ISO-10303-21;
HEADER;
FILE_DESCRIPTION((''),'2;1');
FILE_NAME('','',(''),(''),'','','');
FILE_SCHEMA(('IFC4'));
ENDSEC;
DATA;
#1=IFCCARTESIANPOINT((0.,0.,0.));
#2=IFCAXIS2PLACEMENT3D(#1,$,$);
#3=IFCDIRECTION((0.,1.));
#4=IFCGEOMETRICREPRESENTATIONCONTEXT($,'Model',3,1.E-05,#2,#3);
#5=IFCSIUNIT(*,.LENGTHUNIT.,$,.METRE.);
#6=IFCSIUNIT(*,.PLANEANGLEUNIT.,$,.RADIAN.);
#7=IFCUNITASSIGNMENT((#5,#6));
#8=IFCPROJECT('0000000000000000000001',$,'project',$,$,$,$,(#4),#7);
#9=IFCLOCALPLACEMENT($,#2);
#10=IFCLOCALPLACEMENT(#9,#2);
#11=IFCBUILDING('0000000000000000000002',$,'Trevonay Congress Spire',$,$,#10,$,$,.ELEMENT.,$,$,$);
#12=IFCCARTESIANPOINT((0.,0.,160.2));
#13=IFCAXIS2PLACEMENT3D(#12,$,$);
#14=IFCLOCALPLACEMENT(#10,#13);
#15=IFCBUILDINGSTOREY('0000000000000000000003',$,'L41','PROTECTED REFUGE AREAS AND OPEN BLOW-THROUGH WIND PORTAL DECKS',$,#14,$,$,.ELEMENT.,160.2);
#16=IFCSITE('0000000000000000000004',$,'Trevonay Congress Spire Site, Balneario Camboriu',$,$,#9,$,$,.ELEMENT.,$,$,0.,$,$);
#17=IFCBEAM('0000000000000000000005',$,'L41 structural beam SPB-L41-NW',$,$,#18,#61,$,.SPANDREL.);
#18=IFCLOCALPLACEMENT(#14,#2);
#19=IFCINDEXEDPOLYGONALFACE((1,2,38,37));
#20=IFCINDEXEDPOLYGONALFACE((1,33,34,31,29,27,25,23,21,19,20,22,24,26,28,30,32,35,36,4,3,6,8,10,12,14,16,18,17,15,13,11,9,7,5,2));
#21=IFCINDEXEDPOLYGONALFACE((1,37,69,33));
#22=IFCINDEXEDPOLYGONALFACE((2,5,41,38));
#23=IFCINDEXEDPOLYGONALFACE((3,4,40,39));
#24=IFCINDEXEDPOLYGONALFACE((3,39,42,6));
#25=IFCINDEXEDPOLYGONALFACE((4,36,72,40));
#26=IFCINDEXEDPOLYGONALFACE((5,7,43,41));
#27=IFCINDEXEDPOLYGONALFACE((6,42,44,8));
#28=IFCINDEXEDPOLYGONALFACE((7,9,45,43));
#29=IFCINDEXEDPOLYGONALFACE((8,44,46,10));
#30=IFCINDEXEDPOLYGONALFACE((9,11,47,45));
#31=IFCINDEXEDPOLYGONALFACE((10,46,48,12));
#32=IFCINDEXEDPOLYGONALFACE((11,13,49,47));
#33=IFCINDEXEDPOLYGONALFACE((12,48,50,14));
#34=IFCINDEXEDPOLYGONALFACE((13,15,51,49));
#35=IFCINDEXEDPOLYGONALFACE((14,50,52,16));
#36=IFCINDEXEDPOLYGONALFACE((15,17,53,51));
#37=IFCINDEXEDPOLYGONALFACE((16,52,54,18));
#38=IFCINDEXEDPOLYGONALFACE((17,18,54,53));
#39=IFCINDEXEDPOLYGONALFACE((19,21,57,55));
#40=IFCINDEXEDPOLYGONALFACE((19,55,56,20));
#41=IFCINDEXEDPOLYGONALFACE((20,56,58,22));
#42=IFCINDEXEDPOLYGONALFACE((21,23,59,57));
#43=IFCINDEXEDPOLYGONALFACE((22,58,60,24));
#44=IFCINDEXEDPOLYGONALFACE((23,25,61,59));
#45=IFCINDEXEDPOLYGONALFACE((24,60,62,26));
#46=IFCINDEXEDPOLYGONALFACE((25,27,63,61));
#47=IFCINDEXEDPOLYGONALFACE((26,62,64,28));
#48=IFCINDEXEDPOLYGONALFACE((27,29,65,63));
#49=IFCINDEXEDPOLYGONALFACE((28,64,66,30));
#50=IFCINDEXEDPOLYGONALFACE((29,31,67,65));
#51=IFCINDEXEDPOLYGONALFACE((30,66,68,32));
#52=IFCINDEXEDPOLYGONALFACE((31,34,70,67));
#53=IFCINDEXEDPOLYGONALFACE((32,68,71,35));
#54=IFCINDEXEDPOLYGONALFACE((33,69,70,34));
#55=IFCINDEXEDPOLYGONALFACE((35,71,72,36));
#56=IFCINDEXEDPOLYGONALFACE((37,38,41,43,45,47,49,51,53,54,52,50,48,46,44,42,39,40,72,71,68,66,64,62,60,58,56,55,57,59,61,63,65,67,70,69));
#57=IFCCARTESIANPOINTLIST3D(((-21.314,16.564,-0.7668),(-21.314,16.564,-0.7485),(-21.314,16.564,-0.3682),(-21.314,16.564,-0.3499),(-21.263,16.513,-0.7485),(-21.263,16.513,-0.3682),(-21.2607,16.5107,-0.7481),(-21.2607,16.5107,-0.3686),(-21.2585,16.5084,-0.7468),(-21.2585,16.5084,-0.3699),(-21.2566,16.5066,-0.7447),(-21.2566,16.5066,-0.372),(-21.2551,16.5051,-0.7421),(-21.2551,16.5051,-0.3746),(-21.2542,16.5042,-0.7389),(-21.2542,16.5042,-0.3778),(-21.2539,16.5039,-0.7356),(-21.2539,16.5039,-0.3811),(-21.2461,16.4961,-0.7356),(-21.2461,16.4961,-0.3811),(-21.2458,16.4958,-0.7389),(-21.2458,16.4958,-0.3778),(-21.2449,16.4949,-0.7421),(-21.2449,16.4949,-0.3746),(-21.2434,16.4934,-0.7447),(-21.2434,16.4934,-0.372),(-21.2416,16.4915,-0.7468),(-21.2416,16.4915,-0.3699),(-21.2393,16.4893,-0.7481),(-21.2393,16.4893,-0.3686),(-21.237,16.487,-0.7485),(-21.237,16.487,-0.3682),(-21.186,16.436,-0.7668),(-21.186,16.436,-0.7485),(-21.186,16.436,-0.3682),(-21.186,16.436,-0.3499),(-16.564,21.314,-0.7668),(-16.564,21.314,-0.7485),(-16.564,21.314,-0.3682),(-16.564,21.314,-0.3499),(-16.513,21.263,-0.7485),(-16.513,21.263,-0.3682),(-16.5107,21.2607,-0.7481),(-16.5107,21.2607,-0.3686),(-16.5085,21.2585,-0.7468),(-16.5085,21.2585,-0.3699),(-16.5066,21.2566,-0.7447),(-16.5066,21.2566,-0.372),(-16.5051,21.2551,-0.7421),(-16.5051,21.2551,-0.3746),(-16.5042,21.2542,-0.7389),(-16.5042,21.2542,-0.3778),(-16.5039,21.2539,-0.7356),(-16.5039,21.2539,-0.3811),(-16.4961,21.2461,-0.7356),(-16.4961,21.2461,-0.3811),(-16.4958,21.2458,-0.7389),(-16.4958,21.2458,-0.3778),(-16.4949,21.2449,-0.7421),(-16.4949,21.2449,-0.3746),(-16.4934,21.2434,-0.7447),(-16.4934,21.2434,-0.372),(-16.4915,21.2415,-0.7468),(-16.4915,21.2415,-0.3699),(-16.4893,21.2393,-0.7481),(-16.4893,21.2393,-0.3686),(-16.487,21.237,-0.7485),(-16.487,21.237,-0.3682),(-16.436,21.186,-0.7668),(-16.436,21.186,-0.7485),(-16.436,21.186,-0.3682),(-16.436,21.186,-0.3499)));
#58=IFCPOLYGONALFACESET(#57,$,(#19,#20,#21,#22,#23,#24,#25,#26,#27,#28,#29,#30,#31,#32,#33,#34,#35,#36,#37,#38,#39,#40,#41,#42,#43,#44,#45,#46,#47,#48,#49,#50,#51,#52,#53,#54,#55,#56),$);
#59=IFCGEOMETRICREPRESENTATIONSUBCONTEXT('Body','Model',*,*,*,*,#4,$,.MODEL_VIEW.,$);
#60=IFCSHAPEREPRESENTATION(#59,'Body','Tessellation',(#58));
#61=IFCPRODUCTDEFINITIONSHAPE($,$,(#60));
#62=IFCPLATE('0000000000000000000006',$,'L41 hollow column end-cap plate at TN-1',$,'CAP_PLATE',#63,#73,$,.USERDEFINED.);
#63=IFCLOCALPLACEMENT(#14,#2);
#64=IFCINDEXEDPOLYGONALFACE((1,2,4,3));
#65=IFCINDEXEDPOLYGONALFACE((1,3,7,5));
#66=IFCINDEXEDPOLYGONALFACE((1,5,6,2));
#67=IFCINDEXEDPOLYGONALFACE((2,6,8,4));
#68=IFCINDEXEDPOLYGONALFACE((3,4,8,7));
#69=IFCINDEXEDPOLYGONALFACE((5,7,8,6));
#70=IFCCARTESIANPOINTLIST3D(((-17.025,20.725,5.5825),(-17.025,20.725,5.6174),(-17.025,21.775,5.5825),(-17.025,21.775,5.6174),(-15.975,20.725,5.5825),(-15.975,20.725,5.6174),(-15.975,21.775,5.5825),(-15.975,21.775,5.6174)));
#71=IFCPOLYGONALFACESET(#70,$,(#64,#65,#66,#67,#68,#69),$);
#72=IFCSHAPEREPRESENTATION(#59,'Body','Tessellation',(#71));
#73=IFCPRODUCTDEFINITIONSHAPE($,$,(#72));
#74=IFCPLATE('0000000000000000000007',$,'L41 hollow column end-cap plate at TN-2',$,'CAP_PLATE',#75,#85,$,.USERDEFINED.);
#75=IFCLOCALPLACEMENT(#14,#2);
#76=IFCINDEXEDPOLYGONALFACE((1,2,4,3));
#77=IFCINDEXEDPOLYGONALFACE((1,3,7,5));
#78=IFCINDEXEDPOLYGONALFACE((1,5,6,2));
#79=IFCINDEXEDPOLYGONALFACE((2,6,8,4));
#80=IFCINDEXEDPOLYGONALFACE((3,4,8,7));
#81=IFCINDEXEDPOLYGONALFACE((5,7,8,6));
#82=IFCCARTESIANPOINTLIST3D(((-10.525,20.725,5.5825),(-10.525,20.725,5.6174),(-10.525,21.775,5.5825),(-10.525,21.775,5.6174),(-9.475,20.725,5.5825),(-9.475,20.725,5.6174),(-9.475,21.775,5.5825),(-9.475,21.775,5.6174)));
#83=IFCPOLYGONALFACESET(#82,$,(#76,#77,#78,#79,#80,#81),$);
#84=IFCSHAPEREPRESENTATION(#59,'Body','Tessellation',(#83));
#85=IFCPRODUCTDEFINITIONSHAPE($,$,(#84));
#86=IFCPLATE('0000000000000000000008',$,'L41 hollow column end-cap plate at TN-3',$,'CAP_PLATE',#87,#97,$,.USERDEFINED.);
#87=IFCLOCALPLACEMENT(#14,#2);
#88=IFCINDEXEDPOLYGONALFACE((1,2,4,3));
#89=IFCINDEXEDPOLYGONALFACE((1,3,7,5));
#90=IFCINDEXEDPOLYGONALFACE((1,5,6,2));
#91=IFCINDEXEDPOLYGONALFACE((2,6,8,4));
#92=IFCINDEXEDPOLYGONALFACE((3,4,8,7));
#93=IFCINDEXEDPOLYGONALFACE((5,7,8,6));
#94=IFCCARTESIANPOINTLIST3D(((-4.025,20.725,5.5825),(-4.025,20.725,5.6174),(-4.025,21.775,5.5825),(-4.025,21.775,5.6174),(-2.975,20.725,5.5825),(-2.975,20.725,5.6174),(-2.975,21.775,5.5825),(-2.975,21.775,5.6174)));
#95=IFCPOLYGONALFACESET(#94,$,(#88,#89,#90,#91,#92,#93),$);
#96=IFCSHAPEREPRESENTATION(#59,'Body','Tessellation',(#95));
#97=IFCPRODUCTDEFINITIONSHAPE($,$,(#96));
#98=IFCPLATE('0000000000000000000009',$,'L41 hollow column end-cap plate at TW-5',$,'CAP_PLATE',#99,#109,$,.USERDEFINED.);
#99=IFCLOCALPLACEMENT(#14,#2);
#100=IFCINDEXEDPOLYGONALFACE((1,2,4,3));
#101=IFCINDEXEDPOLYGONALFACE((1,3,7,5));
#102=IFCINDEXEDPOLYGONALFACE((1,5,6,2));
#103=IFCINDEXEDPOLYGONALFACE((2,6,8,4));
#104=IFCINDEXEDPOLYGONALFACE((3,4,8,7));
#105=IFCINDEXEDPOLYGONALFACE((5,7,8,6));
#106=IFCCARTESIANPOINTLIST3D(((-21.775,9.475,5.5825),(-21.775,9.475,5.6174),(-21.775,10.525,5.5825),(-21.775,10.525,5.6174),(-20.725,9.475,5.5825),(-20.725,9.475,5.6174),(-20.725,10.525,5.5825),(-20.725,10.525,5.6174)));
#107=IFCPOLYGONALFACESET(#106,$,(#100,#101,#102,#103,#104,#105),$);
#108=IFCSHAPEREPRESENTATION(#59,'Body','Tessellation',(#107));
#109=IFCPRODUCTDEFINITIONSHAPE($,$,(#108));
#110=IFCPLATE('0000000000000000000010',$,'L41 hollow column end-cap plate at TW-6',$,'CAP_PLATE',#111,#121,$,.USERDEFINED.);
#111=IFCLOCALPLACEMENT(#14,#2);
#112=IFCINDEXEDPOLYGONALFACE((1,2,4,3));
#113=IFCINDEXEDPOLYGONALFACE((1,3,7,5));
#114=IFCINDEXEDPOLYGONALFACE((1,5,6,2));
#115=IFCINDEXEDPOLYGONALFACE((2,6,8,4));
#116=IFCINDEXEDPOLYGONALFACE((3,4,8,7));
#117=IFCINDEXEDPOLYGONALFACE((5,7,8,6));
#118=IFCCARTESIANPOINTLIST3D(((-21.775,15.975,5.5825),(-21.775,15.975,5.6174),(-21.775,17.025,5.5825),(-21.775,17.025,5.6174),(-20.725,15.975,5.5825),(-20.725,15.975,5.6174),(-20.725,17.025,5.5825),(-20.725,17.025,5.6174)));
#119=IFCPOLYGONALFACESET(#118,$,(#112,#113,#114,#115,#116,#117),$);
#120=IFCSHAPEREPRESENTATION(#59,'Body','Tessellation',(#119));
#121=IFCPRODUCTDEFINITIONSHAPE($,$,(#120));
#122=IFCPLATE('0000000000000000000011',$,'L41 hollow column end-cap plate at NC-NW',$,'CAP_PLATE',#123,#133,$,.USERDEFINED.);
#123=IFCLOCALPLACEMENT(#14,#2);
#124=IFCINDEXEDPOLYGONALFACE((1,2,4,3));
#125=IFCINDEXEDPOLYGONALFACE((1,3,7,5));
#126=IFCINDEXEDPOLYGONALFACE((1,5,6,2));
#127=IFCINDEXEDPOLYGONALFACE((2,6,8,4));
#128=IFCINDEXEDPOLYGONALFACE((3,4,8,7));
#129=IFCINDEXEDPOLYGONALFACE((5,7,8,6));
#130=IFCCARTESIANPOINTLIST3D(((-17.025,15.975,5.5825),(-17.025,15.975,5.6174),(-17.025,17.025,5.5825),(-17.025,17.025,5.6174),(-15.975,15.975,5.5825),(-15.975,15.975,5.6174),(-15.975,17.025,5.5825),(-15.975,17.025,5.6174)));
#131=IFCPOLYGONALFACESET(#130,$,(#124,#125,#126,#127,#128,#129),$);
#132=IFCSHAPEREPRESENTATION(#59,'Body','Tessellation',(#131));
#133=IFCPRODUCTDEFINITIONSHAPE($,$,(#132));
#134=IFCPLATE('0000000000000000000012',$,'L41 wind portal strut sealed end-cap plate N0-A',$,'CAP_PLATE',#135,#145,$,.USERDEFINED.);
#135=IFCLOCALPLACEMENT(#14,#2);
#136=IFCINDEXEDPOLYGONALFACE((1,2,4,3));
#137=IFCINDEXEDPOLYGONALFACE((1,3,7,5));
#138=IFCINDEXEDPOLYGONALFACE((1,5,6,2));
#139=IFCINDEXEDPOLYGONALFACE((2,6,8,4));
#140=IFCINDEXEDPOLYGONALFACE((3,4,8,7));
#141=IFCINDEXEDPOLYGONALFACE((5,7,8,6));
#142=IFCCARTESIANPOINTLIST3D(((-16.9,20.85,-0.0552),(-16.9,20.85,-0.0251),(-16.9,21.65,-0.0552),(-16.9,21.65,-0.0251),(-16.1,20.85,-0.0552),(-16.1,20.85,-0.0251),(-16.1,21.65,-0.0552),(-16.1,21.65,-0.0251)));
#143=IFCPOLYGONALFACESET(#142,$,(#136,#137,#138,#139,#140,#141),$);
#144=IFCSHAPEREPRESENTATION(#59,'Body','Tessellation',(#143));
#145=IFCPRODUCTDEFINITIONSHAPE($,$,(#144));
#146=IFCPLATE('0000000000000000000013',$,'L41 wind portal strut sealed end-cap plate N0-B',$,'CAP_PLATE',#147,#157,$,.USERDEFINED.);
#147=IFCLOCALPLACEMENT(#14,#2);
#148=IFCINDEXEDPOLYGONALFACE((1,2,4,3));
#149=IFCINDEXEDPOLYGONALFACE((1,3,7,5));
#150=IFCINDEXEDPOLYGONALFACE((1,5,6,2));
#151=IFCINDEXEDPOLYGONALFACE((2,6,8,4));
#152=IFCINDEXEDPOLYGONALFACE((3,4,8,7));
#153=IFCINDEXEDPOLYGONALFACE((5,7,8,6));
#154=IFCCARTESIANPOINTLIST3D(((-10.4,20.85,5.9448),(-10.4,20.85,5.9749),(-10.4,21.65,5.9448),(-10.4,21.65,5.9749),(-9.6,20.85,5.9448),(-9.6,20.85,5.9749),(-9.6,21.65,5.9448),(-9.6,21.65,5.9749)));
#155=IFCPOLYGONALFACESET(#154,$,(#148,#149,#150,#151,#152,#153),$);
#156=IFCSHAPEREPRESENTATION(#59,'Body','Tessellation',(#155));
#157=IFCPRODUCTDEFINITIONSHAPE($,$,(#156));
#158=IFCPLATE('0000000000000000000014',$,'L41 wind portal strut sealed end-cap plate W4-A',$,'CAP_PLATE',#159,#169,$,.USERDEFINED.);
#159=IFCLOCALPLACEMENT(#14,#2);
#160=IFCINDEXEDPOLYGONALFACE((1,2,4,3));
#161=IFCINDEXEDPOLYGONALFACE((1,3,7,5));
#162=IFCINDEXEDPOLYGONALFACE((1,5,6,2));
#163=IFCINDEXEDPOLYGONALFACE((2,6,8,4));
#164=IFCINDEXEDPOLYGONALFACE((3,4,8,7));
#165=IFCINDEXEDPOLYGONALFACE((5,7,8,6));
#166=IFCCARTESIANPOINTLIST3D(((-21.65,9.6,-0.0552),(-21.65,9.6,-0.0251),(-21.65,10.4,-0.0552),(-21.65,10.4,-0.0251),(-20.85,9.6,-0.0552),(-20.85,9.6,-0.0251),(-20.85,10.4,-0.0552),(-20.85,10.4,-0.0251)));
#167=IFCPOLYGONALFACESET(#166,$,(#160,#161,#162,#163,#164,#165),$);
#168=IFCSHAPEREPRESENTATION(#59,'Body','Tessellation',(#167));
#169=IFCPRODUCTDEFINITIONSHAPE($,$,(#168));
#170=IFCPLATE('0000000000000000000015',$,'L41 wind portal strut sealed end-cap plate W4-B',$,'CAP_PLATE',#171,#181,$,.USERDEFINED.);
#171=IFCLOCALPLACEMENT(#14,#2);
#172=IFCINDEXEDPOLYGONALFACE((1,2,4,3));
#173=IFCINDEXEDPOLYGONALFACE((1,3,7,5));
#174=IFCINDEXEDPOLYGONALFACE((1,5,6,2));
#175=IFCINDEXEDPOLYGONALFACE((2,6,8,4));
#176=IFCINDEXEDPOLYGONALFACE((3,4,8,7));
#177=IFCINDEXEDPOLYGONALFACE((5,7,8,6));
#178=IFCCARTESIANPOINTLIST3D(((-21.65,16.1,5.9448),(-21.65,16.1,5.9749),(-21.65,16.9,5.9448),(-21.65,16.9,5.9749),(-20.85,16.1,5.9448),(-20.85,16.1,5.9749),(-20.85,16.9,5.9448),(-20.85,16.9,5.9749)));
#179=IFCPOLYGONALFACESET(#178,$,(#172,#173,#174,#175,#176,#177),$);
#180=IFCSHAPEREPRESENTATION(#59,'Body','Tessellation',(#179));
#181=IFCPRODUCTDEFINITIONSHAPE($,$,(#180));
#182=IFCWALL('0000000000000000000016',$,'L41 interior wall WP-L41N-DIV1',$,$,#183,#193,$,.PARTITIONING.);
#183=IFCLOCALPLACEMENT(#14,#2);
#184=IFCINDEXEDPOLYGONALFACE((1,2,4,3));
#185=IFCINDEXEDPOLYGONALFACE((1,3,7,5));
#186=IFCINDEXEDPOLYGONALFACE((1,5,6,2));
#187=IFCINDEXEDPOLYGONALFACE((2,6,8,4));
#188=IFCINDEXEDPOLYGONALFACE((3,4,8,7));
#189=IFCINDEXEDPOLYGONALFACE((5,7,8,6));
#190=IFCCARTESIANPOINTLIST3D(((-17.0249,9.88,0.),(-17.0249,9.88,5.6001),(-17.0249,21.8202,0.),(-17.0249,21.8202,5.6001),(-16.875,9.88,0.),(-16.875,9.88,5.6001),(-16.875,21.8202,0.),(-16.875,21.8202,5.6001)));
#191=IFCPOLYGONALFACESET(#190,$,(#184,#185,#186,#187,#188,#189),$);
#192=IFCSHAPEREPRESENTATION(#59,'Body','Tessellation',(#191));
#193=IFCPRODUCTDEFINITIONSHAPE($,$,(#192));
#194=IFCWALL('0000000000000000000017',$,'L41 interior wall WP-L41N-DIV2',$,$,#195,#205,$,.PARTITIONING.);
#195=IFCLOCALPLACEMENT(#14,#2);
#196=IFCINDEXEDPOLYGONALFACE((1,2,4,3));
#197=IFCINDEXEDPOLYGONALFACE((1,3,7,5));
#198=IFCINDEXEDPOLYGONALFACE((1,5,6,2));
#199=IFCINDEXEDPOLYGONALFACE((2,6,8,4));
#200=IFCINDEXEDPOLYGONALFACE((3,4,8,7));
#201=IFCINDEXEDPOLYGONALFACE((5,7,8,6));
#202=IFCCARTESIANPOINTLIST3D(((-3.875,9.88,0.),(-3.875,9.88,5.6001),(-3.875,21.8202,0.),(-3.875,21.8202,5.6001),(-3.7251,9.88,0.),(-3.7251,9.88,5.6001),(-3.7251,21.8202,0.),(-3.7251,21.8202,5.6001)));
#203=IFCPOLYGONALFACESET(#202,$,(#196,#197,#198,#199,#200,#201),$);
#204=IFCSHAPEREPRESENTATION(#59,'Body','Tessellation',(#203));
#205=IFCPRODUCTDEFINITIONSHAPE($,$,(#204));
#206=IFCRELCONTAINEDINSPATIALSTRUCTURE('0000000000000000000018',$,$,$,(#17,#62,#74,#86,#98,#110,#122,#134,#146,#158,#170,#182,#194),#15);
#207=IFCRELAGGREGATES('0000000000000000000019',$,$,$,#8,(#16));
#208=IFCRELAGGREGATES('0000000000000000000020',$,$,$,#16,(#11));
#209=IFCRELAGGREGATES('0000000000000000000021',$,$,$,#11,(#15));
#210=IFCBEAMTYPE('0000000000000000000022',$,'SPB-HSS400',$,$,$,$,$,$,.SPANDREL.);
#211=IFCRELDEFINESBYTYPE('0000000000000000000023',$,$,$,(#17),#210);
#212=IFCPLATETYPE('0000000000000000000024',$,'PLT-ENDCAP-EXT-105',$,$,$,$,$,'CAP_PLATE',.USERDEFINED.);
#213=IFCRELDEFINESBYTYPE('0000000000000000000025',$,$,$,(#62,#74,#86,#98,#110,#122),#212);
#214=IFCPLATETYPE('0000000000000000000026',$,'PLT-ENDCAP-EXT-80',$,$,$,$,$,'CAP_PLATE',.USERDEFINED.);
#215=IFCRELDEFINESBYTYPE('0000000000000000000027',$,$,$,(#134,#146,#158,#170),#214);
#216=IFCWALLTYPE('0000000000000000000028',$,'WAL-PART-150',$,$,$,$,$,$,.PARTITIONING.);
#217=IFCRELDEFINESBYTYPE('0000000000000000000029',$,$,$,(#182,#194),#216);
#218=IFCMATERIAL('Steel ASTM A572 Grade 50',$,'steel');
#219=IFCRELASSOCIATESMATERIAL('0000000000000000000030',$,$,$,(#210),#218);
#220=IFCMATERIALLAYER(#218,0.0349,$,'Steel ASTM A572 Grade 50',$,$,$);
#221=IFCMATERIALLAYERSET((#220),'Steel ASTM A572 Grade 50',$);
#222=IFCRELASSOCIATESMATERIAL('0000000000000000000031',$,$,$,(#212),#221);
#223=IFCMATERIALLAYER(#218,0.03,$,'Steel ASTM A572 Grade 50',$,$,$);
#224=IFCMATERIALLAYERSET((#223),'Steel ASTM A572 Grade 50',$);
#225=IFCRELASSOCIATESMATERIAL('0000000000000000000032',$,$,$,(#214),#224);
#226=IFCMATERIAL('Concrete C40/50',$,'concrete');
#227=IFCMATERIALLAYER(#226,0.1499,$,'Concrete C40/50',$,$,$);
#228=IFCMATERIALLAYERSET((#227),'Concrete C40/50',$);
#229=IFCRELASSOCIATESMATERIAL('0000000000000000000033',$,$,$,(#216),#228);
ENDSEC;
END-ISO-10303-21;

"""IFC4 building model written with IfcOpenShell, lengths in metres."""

from ifc_helpers import new_model, si_unit, direction, frame, frame_2d, origin, origin_2d, place, context, subcontext, project, spatial, rectangle, i_section, extrude, material, layer, layer_set, material_profile, profile_set, type_object, element, save


model = new_model("IFC4")

# Units and contexts
model_context = context("Model", 3, precision=1e-05, world=origin(), true_north=direction((0.0, 1.0)))
body_context = subcontext(model_context, "Body", "Model", "MODEL_VIEW")
ifc_project = project(units=[si_unit("LENGTHUNIT", "METRE"), si_unit("PLANEANGLEUNIT", "RADIAN")], contexts=[model_context])

# Site, building, storey
site_placement = place(None, origin())
site = spatial("IfcSite", under=ifc_project, at=site_placement, Name="Trevonay Congress Spire Site, Balneario Camboriu", CompositionType="ELEMENT", RefElevation=0.0)
building_placement = place(site_placement, origin())
building = spatial("IfcBuilding", under=site, at=building_placement, Name="Trevonay Congress Spire", CompositionType="ELEMENT")
storey_placement = place(building_placement, frame((0.0, 0.0, 160.2)))
storey = spatial("IfcBuildingStorey", under=building, at=storey_placement, Name="L41", Description="PROTECTED REFUGE AREAS AND OPEN BLOW-THROUGH WIND PORTAL DECKS", CompositionType="ELEMENT", Elevation=160.2)

# Shared definitions
ifc_material_1 = material(Name="Steel ASTM A572 Grade 50", Category="steel")

# Beam
ifc_material_profile_1 = material_profile(ifc_material_1, i_section(OverallWidth=0.1809, OverallDepth=0.417, WebThickness=0.011, FlangeThickness=0.0183, FilletRadius=0.0129, at=origin_2d()), Name="W410x85")
ifc_profile_set_1 = profile_set([ifc_material_profile_1], Name="Steel ASTM A572 Grade 50")
beam_type_1 = type_object("IfcBeamType", Name="SPB-HSS400", PredefinedType="SPANDREL", material=ifc_profile_set_1)
beam_1_placement = place(storey_placement, frame((-16.5, 21.25, -0.5583), z_axis=(-0.707107, -0.707107, 0.0), x_axis=(0.707107, -0.707107, 0.0)))
element("IfcBeam", 1, at=beam_1_placement, inside=storey, type_object=beam_type_1, Name="L41 structural beam SPB-L41-NW", PredefinedType="SPANDREL", context=body_context, shape_type="SweptSolid", body=[
    extrude(i_section(OverallWidth=0.1809, OverallDepth=0.417, WebThickness=0.011, FlangeThickness=0.0183, FilletRadius=0.0129, at=origin_2d()), origin(), (0.0, 0.0, 1.0), 6.7175),
])

# Plates
ifc_layer_1 = layer(ifc_material_1, 0.0349, Name="Steel ASTM A572 Grade 50")
ifc_layer_set_1 = layer_set([ifc_layer_1], Name="Steel ASTM A572 Grade 50")
plate_type_1 = type_object("IfcPlateType", Name="PLT-ENDCAP-EXT-105", ElementType="CAP_PLATE", PredefinedType="USERDEFINED", material=ifc_layer_set_1)
for number, where, z_axis, x_axis, name in (
    (2, (-16.5, 21.25, 5.5825), (0.0, 0.0, 1.0), (1.0, 0.0, 0.0), "L41 hollow column end-cap plate at TN-1"),
    (3, (-10.0, 21.25, 5.5825), (0.0, 0.0, 1.0), (1.0, 0.0, 0.0), "L41 hollow column end-cap plate at TN-2"),
    (4, (-3.5, 21.25, 5.5825), (0.0, 0.0, 1.0), (1.0, 0.0, 0.0), "L41 hollow column end-cap plate at TN-3"),
    (5, (-21.25, 10.0, 5.5825), (0.0, 0.0, 1.0), (1.0, 0.0, 0.0), "L41 hollow column end-cap plate at TW-5"),
    (6, (-21.25, 16.5, 5.5825), (0.0, 0.0, 1.0), (1.0, 0.0, 0.0), "L41 hollow column end-cap plate at TW-6"),
    (7, (-16.5, 16.5, 5.5825), (0.0, 0.0, 1.0), (1.0, 0.0, 0.0), "L41 hollow column end-cap plate at NC-NW"),
):
    element("IfcPlate", number, at=place(storey_placement, frame(where, z_axis=z_axis, x_axis=x_axis)), inside=storey, type_object=plate_type_1, Name=name, ObjectType="CAP_PLATE", PredefinedType="USERDEFINED", context=body_context, shape_type="SweptSolid", body=[
        extrude(rectangle(XDim=1.05, YDim=1.05, at=origin_2d()), origin(), (0.0, 0.0, 1.0), 0.0349),
    ])
ifc_layer_2 = layer(ifc_material_1, 0.03, Name="Steel ASTM A572 Grade 50")
ifc_layer_set_2 = layer_set([ifc_layer_2], Name="Steel ASTM A572 Grade 50")
plate_type_2 = type_object("IfcPlateType", Name="PLT-ENDCAP-EXT-80", ElementType="CAP_PLATE", PredefinedType="USERDEFINED", material=ifc_layer_set_2)
for number, where, z_axis, x_axis, name in (
    (8, (-16.5, 21.25, -0.0552), (0.0, 0.0, 1.0), (1.0, 0.0, 0.0), "L41 wind portal strut sealed end-cap plate N0-A"),
    (9, (-10.0, 21.25, 5.9448), (0.0, 0.0, 1.0), (1.0, 0.0, 0.0), "L41 wind portal strut sealed end-cap plate N0-B"),
    (10, (-21.25, 10.0, -0.0552), (0.0, 0.0, 1.0), (1.0, 0.0, 0.0), "L41 wind portal strut sealed end-cap plate W4-A"),
    (11, (-21.25, 16.5, 5.9448), (0.0, 0.0, 1.0), (1.0, 0.0, 0.0), "L41 wind portal strut sealed end-cap plate W4-B"),
):
    element("IfcPlate", number, at=place(storey_placement, frame(where, z_axis=z_axis, x_axis=x_axis)), inside=storey, type_object=plate_type_2, Name=name, ObjectType="CAP_PLATE", PredefinedType="USERDEFINED", context=body_context, shape_type="SweptSolid", body=[
        extrude(rectangle(XDim=0.8, YDim=0.8, at=origin_2d()), origin(), (0.0, 0.0, 1.0), 0.03),
    ])

# Walls
ifc_material_2 = material(Name="Concrete C40/50", Category="concrete")
ifc_layer_3 = layer(ifc_material_2, 0.1499, Name="Concrete C40/50")
ifc_layer_set_3 = layer_set([ifc_layer_3], Name="Concrete C40/50")
wall_type = type_object("IfcWallType", Name="WAL-PART-150", PredefinedType="PARTITIONING", material=ifc_layer_set_3)
for number, where, z_axis, x_axis, name in (
    (12, (-16.95, 9.8799, 0.0), (0.0, 0.0, 1.0), (0.0, 1.0, 0.0), "L41 interior wall WP-L41N-DIV1"),
    (13, (-3.8, 9.8799, 0.0), (0.0, 0.0, 1.0), (0.0, 1.0, 0.0), "L41 interior wall WP-L41N-DIV2"),
):
    element("IfcWall", number, at=place(storey_placement, frame(where, z_axis=z_axis, x_axis=x_axis)), inside=storey, type_object=wall_type, Name=name, PredefinedType="PARTITIONING", context=body_context, shape_type="SweptSolid", body=[
        extrude(rectangle(XDim=11.9402, YDim=0.1499, at=frame_2d((5.9702, 0.0))), origin(), (0.0, 0.0, 1.0), 5.6001),
    ])

save(model, "model.ifc")
